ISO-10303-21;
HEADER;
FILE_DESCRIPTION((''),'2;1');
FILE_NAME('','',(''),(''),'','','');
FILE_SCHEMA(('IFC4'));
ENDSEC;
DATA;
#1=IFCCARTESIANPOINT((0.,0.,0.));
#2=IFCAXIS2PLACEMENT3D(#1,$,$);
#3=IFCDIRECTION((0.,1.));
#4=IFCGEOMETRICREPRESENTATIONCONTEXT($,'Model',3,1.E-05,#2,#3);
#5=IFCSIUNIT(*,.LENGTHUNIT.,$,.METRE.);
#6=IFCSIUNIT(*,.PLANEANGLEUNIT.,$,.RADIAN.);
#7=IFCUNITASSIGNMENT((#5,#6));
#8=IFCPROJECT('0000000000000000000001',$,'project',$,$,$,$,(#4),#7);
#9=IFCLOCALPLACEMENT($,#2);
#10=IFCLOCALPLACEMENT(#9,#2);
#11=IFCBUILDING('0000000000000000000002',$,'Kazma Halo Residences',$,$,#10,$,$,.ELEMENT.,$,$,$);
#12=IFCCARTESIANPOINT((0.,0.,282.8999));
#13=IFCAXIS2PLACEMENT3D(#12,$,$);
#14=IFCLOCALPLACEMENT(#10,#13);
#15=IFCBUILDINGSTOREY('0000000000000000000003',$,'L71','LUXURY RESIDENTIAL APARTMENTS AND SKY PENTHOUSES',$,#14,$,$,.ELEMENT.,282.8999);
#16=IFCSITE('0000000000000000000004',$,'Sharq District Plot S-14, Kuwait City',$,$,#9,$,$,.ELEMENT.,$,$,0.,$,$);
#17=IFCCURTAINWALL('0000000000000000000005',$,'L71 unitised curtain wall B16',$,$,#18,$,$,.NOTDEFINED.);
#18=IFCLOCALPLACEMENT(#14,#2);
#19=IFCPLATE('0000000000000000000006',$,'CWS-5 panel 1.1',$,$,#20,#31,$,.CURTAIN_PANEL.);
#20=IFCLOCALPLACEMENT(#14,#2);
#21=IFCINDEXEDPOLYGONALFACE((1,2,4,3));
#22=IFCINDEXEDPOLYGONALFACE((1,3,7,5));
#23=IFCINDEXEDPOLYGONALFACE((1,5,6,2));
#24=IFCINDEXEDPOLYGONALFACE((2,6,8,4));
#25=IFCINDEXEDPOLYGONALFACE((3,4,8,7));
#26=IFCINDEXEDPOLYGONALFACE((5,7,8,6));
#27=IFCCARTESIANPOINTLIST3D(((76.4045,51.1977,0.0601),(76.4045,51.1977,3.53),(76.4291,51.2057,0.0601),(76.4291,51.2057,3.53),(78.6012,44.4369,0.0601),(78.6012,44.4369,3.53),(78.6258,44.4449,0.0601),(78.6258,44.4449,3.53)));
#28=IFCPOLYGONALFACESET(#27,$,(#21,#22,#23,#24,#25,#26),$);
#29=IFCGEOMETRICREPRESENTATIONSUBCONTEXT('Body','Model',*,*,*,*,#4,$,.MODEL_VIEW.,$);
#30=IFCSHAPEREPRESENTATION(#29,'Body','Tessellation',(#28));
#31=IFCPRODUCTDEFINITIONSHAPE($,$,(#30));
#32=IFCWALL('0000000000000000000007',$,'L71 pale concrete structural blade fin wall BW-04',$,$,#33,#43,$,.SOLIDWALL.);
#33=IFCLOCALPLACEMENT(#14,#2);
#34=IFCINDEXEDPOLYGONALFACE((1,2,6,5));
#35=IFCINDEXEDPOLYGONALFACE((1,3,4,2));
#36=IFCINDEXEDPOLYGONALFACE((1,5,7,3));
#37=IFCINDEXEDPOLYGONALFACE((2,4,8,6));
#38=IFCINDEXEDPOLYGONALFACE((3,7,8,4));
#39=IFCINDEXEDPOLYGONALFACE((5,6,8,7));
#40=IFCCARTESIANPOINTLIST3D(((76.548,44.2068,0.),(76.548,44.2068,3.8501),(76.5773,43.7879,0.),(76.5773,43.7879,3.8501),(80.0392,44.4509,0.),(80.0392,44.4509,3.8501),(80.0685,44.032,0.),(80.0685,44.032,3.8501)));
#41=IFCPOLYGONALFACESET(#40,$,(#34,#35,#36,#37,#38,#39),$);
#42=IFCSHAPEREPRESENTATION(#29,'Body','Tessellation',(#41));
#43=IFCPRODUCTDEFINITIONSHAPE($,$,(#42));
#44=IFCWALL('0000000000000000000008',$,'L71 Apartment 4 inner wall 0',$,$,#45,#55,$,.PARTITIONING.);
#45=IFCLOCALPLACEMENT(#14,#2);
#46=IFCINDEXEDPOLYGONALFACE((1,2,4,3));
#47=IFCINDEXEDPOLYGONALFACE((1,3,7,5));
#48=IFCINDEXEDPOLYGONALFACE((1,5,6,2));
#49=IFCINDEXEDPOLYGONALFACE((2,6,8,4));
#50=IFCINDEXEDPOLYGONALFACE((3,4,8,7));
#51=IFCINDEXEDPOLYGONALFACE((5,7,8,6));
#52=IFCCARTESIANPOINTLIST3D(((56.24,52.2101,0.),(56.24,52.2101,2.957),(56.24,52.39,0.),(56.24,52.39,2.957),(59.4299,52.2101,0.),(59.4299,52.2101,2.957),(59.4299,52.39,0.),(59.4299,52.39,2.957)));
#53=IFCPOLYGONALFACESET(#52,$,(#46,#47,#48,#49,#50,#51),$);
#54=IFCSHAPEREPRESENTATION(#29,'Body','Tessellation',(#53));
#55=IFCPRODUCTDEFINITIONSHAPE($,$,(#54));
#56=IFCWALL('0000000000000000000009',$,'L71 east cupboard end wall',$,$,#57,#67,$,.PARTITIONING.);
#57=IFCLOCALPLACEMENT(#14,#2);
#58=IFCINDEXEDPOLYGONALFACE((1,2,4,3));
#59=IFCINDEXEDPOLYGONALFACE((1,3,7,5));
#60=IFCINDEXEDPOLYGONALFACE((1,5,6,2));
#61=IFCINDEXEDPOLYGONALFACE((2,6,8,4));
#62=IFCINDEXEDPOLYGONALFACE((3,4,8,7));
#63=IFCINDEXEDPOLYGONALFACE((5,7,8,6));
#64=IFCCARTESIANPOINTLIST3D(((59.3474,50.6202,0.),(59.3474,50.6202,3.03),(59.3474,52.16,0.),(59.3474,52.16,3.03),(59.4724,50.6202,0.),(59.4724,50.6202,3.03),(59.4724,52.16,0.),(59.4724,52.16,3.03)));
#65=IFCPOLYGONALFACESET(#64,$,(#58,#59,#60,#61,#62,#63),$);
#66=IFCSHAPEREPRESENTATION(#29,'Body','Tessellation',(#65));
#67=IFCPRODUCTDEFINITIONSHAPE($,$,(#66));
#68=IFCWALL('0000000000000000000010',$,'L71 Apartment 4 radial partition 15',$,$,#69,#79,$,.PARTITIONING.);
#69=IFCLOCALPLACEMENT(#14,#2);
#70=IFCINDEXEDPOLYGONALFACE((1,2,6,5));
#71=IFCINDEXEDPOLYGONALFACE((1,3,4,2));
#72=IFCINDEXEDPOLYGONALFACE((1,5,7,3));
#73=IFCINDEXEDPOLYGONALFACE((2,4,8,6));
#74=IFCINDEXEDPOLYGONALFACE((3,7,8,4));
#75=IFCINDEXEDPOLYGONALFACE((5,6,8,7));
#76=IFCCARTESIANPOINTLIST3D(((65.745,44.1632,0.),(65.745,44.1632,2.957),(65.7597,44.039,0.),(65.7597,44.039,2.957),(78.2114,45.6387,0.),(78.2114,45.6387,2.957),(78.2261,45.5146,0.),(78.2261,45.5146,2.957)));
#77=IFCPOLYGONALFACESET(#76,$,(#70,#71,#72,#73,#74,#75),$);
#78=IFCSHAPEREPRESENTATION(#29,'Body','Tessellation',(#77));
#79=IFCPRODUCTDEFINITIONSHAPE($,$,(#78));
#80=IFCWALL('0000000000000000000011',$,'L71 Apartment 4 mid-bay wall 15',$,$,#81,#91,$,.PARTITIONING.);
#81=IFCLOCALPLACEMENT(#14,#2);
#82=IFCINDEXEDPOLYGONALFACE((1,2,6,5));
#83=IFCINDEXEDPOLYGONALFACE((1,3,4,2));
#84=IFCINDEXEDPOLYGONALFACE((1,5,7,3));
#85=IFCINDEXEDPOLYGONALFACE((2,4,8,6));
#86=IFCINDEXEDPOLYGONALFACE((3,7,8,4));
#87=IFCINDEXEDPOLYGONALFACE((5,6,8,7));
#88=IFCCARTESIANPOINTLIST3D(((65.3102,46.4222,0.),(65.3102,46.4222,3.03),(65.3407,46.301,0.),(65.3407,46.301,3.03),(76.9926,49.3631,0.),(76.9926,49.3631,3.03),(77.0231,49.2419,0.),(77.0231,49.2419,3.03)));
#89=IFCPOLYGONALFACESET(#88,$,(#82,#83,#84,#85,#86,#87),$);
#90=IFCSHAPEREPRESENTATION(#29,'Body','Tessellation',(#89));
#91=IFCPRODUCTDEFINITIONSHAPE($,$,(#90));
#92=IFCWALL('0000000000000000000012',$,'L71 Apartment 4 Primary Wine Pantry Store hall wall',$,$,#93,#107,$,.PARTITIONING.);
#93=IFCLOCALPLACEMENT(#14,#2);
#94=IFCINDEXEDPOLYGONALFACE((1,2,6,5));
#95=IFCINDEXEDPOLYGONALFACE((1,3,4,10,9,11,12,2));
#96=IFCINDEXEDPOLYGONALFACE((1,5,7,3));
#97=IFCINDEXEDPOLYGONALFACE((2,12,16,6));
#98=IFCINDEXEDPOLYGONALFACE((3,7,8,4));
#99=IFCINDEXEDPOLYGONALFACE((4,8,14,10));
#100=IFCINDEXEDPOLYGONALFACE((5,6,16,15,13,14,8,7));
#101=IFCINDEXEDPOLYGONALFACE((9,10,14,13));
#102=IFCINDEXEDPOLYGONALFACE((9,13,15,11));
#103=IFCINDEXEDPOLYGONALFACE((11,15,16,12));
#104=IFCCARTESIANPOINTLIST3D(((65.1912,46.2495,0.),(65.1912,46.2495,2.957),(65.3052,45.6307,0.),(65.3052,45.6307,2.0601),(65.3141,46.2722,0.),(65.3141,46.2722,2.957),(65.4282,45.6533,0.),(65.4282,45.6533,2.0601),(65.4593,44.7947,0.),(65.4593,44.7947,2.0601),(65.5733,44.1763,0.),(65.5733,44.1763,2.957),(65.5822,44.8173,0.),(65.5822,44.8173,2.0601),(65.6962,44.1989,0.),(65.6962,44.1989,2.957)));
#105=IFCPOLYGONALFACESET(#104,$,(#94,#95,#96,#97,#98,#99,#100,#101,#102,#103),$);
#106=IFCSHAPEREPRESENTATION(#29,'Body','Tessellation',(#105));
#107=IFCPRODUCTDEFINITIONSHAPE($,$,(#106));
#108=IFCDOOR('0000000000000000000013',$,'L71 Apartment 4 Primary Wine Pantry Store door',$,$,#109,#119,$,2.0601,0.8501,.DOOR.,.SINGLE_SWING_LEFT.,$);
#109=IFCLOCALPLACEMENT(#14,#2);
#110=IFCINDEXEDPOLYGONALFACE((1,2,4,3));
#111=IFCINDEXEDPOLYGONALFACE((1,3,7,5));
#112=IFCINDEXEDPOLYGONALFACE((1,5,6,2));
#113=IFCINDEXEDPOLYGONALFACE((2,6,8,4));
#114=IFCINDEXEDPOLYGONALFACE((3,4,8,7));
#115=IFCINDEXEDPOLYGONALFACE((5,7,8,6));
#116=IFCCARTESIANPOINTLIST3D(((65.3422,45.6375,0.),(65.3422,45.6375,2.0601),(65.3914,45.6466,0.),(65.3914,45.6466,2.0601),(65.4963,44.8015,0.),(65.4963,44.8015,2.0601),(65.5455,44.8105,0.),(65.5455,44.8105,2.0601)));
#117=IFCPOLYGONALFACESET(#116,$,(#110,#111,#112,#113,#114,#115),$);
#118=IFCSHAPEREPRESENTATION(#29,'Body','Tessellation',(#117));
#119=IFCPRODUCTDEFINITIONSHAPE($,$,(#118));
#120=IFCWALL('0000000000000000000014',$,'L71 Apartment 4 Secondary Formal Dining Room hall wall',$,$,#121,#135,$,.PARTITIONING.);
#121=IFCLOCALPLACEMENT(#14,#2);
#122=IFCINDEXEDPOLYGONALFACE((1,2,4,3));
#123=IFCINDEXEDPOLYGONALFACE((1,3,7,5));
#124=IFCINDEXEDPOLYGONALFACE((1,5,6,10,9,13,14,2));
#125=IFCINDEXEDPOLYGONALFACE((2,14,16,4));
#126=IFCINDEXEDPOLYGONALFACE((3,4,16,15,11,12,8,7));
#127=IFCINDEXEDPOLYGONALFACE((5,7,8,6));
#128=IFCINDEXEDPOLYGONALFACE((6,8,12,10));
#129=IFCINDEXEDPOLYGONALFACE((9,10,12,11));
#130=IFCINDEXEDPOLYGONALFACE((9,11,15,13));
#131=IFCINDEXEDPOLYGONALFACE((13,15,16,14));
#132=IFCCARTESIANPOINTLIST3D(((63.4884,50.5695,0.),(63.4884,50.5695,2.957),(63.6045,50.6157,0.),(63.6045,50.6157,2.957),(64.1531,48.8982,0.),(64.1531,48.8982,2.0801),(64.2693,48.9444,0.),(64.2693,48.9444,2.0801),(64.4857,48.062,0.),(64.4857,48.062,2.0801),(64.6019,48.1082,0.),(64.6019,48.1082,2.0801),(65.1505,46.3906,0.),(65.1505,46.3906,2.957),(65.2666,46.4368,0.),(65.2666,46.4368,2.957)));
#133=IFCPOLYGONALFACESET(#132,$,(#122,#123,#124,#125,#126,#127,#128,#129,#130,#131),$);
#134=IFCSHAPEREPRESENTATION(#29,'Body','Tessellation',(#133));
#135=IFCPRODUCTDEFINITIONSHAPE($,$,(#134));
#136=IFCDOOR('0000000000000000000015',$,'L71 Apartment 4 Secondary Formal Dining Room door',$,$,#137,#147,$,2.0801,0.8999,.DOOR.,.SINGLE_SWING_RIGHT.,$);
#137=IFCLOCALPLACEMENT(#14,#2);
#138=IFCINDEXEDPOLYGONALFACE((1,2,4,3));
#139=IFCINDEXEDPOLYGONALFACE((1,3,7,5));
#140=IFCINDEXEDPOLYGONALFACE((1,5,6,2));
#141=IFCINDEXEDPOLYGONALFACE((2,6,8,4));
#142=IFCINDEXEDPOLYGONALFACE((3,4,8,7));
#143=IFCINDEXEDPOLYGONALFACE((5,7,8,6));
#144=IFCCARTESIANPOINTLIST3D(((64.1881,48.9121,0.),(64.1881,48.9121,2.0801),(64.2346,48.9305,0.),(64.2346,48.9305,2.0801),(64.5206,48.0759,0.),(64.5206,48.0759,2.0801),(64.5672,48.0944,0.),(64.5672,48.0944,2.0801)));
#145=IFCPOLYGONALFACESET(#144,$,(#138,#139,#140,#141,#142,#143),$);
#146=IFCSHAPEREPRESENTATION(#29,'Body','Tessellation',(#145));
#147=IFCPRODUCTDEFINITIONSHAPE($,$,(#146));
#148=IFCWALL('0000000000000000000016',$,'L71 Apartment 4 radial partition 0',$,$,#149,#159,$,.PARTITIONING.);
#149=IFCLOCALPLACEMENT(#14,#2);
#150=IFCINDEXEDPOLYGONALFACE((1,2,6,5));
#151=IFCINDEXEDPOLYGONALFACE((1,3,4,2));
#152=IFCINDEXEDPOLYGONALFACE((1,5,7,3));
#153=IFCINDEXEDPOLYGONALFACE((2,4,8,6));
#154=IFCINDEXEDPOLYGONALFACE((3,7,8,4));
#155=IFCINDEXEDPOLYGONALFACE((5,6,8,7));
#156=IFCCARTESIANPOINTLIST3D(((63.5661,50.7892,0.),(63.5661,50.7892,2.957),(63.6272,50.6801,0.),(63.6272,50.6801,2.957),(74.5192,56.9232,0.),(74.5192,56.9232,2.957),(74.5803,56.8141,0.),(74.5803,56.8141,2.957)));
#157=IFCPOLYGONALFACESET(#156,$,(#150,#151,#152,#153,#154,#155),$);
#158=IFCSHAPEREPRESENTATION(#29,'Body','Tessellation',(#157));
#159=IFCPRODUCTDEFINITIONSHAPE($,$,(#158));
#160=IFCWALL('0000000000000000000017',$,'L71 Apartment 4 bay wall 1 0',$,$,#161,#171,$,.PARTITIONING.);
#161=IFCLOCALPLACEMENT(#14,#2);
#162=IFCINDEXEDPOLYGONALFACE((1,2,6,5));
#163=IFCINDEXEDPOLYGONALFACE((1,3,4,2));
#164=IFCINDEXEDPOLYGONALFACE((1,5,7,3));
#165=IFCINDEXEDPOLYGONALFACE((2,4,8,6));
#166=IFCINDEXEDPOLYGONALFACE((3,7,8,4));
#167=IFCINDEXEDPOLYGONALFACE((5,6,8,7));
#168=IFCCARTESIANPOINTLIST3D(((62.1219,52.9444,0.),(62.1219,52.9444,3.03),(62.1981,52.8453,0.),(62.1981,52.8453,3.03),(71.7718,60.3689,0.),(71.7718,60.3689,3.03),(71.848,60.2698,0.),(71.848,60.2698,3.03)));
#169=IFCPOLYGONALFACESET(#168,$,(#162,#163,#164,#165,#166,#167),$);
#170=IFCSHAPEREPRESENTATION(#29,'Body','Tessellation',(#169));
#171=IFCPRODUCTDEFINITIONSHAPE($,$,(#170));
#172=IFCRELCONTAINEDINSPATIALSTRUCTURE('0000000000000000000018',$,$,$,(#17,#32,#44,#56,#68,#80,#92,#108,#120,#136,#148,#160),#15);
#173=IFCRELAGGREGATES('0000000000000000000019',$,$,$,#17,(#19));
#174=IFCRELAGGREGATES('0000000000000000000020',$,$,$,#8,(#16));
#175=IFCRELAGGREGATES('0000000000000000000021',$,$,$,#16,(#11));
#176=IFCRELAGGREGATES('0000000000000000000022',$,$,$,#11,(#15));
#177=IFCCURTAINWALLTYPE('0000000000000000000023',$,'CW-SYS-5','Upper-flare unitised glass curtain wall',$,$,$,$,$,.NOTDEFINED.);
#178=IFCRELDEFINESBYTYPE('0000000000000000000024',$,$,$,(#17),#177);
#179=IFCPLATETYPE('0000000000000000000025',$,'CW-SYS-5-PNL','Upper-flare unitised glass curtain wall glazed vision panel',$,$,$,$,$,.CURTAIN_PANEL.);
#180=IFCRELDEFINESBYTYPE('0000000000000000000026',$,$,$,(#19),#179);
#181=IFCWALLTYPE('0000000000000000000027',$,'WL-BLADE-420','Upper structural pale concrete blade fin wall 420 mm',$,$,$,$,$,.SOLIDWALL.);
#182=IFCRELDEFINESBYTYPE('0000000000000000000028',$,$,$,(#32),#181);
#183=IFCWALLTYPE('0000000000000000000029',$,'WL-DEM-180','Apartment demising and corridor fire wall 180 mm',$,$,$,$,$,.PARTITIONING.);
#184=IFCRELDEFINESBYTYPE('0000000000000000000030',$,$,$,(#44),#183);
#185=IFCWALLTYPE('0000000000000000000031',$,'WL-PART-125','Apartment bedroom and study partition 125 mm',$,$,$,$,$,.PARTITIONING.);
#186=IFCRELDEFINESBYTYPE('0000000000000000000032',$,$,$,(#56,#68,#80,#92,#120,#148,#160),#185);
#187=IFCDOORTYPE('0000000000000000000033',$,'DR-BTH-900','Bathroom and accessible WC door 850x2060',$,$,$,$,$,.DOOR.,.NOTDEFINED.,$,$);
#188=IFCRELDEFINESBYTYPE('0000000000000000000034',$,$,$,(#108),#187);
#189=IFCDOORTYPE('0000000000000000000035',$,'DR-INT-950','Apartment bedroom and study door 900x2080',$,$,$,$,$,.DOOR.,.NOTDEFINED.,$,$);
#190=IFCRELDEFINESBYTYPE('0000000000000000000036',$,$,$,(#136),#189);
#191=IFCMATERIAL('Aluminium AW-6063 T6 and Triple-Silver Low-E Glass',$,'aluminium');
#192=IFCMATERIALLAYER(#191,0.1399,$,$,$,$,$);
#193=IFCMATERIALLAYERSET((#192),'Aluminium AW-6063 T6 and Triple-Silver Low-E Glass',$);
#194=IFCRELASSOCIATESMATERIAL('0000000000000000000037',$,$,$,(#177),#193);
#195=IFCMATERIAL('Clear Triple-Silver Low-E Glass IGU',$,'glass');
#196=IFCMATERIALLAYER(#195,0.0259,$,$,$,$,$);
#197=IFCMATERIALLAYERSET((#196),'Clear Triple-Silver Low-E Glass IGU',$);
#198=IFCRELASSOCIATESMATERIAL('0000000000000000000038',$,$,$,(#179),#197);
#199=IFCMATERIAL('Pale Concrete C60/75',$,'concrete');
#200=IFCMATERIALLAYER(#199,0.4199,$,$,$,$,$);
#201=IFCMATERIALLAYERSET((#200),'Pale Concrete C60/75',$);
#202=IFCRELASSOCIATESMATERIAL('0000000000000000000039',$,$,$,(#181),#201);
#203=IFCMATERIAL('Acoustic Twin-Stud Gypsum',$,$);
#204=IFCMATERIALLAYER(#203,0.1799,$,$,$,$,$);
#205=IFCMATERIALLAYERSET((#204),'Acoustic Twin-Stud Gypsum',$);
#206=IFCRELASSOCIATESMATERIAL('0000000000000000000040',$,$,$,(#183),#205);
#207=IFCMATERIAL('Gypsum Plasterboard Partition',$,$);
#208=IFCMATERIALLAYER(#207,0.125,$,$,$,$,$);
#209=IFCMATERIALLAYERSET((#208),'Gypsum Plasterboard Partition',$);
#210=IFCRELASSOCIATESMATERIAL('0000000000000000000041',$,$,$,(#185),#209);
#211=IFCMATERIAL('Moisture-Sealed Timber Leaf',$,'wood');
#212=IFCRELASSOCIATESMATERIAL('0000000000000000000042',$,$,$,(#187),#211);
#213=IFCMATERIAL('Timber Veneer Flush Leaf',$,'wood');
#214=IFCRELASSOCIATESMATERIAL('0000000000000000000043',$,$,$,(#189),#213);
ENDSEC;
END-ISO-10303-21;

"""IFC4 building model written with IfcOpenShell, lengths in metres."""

from ifc_helpers import new_model, si_unit, direction, frame, frame_2d, origin, origin_2d, place, context, subcontext, project, spatial, rectangle, extrude, material, layer, layer_set, type_object, element, fill, aggregate, save


model = new_model("IFC4")

# Units and contexts
model_context = context("Model", 3, precision=1e-05, world=origin(), true_north=direction((0.0, 1.0)))
body_context = subcontext(model_context, "Body", "Model", "MODEL_VIEW")
ifc_project = project(units=[si_unit("LENGTHUNIT", "METRE"), si_unit("PLANEANGLEUNIT", "RADIAN")], contexts=[model_context])

# Site, building, storey
site_placement = place(None, origin())
site = spatial("IfcSite", under=ifc_project, at=site_placement, Name="Sharq District Plot S-14, Kuwait City", CompositionType="ELEMENT", RefElevation=0.0)
building_placement = place(site_placement, origin())
building = spatial("IfcBuilding", under=site, at=building_placement, Name="Kazma Halo Residences", CompositionType="ELEMENT")
storey_placement = place(building_placement, frame((0.0, 0.0, 282.8999)))
storey = spatial("IfcBuildingStorey", under=building, at=storey_placement, Name="L71", Description="LUXURY RESIDENTIAL APARTMENTS AND SKY PENTHOUSES", CompositionType="ELEMENT", Elevation=282.8999)

# Shared definitions
ifc_material_1 = material(Name="Aluminium AW-6063 T6 and Triple-Silver Low-E Glass", Category="aluminium")
ifc_layer_1 = layer(ifc_material_1, 0.1399)
ifc_layer_set_1 = layer_set([ifc_layer_1], Name="Aluminium AW-6063 T6 and Triple-Silver Low-E Glass")
curtain_wall_type = type_object("IfcCurtainWallType", Name="CW-SYS-5", Description="Upper-flare unitised glass curtain wall", PredefinedType="NOTDEFINED", material=ifc_layer_set_1)

# Curtain wall, plate
curtain_wall_1_placement = place(storey_placement, origin())
curtain_wall_1 = element("IfcCurtainWall", 1, at=curtain_wall_1_placement, inside=storey, type_object=curtain_wall_type, Name="L71 unitised curtain wall B16", PredefinedType="NOTDEFINED")
ifc_material_2 = material(Name="Clear Triple-Silver Low-E Glass IGU", Category="glass")
ifc_layer_2 = layer(ifc_material_2, 0.0259)
ifc_layer_set_2 = layer_set([ifc_layer_2], Name="Clear Triple-Silver Low-E Glass IGU")
plate_type = type_object("IfcPlateType", Name="CW-SYS-5-PNL", Description="Upper-flare unitised glass curtain wall glazed vision panel", PredefinedType="CURTAIN_PANEL", material=ifc_layer_set_2)
plate_placement = place(storey_placement, frame((77.5151, 47.8213, 0.0601), z_axis=(0.0, 0.0, 1.0), x_axis=(-0.309011, 0.951058, 0.0)))
plate = element("IfcPlate", 2, at=plate_placement, type_object=plate_type, Name="CWS-5 panel 1.1", PredefinedType="CURTAIN_PANEL", context=body_context, shape_type="SweptSolid", body=[
    extrude(rectangle(XDim=7.1086, YDim=0.0259, at=origin_2d()), origin(), (0.0, 0.0, 1.0), 3.47),
])
aggregate(curtain_wall_1, [plate])

# Walls
ifc_material_3 = material(Name="Pale Concrete C60/75", Category="concrete")
ifc_layer_3 = layer(ifc_material_3, 0.4199)
ifc_layer_set_3 = layer_set([ifc_layer_3], Name="Pale Concrete C60/75")
wall_type_1 = type_object("IfcWallType", Name="WL-BLADE-420", Description="Upper structural pale concrete blade fin wall 420 mm", PredefinedType="SOLIDWALL", material=ifc_layer_set_3)
wall_1_placement = place(storey_placement, frame((76.5625, 43.9973, 0.0), z_axis=(0.0, 0.0, 1.0), x_axis=(0.997564, 0.06976, 0.0)))
element("IfcWall", 3, at=wall_1_placement, inside=storey, type_object=wall_type_1, Name="L71 pale concrete structural blade fin wall BW-04", PredefinedType="SOLIDWALL", context=body_context, shape_type="SweptSolid", body=[
    extrude(rectangle(XDim=3.4998, YDim=0.4199, at=frame_2d((1.75, 0.0))), origin(), (0.0, 0.0, 1.0), 3.8501),
])
ifc_material_4 = material(Name="Acoustic Twin-Stud Gypsum")
ifc_layer_4 = layer(ifc_material_4, 0.1799)
ifc_layer_set_4 = layer_set([ifc_layer_4], Name="Acoustic Twin-Stud Gypsum")
wall_type_2 = type_object("IfcWallType", Name="WL-DEM-180", Description="Apartment demising and corridor fire wall 180 mm", PredefinedType="PARTITIONING", material=ifc_layer_set_4)
wall_2_placement = place(storey_placement, frame((59.4299, 52.3, 0.0), z_axis=(0.0, 0.0, 1.0), x_axis=(-1.0, 0.0, 0.0)))
element("IfcWall", 4, at=wall_2_placement, inside=storey, type_object=wall_type_2, Name="L71 Apartment 4 inner wall 0", PredefinedType="PARTITIONING", context=body_context, shape_type="SweptSolid", body=[
    extrude(rectangle(XDim=3.1899, YDim=0.1799, at=frame_2d((1.595, 0.0))), origin(), (0.0, 0.0, 1.0), 2.957),
])
ifc_material_5 = material(Name="Gypsum Plasterboard Partition")
ifc_layer_5 = layer(ifc_material_5, 0.125)
ifc_layer_set_5 = layer_set([ifc_layer_5], Name="Gypsum Plasterboard Partition")
wall_type_3 = type_object("IfcWallType", Name="WL-PART-125", Description="Apartment bedroom and study partition 125 mm", PredefinedType="PARTITIONING", material=ifc_layer_set_5)
wall_3_placement = place(storey_placement, frame((59.4099, 50.6201, 0.0), z_axis=(0.0, 0.0, 1.0), x_axis=(0.0, 1.0, 0.0)))
element("IfcWall", 5, at=wall_3_placement, inside=storey, type_object=wall_type_3, Name="L71 east cupboard end wall", PredefinedType="PARTITIONING", context=body_context, shape_type="SweptSolid", body=[
    extrude(rectangle(XDim=1.5398, YDim=0.125, at=frame_2d((0.77, 0.0))), origin(), (0.0, 0.0, 1.0), 3.03),
])
wall_4_placement = place(storey_placement, frame((65.7522, 44.1011, 0.0), z_axis=(0.0, 0.0, 1.0), x_axis=(0.993068, 0.117543, 0.0)))
element("IfcWall", 6, at=wall_4_placement, inside=storey, type_object=wall_type_3, Name="L71 Apartment 4 radial partition 15", PredefinedType="PARTITIONING", context=body_context, shape_type="SweptSolid", body=[
    extrude(rectangle(XDim=12.5535, YDim=0.125, at=frame_2d((6.2769, 0.0))), origin(), (0.0, 0.0, 1.0), 2.957),
])
wall_5_placement = place(storey_placement, frame((65.3254, 46.3616, 0.0), z_axis=(0.0, 0.0, 1.0), x_axis=(0.969744, 0.244123, 0.0)))
element("IfcWall", 7, at=wall_5_placement, inside=storey, type_object=wall_type_3, Name="L71 Apartment 4 mid-bay wall 15", PredefinedType="PARTITIONING", context=body_context, shape_type="SweptSolid", body=[
    extrude(rectangle(XDim=12.0469, YDim=0.125, at=frame_2d((6.0234, 0.0))), origin(), (0.0, 0.0, 1.0), 3.03),
])

# Walls, openings, doors
wall_6_placement = place(storey_placement, frame((65.6348, 44.1875, 0.0), z_axis=(0.0, 0.0, 1.0), x_axis=(-0.181239, 0.983439, 0.0)))
wall_6 = element("IfcWall", 8, at=wall_6_placement, inside=storey, type_object=wall_type_3, Name="L71 Apartment 4 Primary Wine Pantry Store hall wall", PredefinedType="PARTITIONING", context=body_context, shape_type="SweptSolid", body=[
    extrude(rectangle(XDim=2.1082, YDim=0.125, at=frame_2d((1.0542, 0.0))), origin(), (0.0, 0.0, 1.0), 2.957),
])
opening_1_placement = place(wall_6_placement, frame((0.6289, 0.0, 0.0)))
opening_1 = element("IfcOpeningElement", 9, at=opening_1_placement, cuts=wall_6, PredefinedType="OPENING", context=body_context, shape_type="SweptSolid", body=[
    extrude(rectangle(XDim=0.8501, YDim=2.0601, at=frame_2d((0.425, 1.03))), frame((0.0, 0.0725, 0.0), z_axis=(0.0, -1.0, 0.0), x_axis=(1.0, 0.0, 0.0)), (0.0, 0.0, 1.0), 0.145),
])
ifc_material_6 = material(Name="Moisture-Sealed Timber Leaf", Category="wood")
door_type_1 = type_object("IfcDoorType", Name="DR-BTH-900", Description="Bathroom and accessible WC door 850x2060", OperationType="NOTDEFINED", PredefinedType="DOOR", material=ifc_material_6)
door_1_placement = place(opening_1_placement, origin())
door_1 = element("IfcDoor", 10, at=door_1_placement, inside=storey, type_object=door_type_1, Name="L71 Apartment 4 Primary Wine Pantry Store door", OperationType="SINGLE_SWING_LEFT", OverallHeight=2.0601, OverallWidth=0.8501, PredefinedType="DOOR", context=body_context, shape_type="SweptSolid", body=[
    extrude(rectangle(XDim=0.8501, YDim=2.0601, at=frame_2d((0.425, 1.03))), frame((0.0, 0.0249, 0.0), z_axis=(0.0, -1.0, 0.0), x_axis=(1.0, 0.0, 0.0)), (0.0, 0.0, 1.0), 0.05),
])
fill(opening_1, door_1)
wall_7_placement = place(storey_placement, frame((65.2085, 46.4138, 0.0), z_axis=(0.0, 0.0, 1.0), x_axis=(-0.369574, 0.929201, 0.0)))
wall_7 = element("IfcWall", 11, at=wall_7_placement, inside=storey, type_object=wall_type_3, Name="L71 Apartment 4 Secondary Formal Dining Room hall wall", PredefinedType="PARTITIONING", context=body_context, shape_type="SweptSolid", body=[
    extrude(rectangle(XDim=4.4973, YDim=0.125, at=frame_2d((2.2485, 0.0))), origin(), (0.0, 0.0, 1.0), 2.957),
])
opening_2_placement = place(wall_7_placement, frame((1.7986, 0.0, 0.0)))
opening_2 = element("IfcOpeningElement", 12, at=opening_2_placement, cuts=wall_7, PredefinedType="OPENING", context=body_context, shape_type="SweptSolid", body=[
    extrude(rectangle(XDim=0.8999, YDim=2.0801, at=frame_2d((0.45, 1.04))), frame((0.0, 0.0725, 0.0), z_axis=(0.0, -1.0, 0.0), x_axis=(1.0, 0.0, 0.0)), (0.0, 0.0, 1.0), 0.145),
])
ifc_material_7 = material(Name="Timber Veneer Flush Leaf", Category="wood")
door_type_2 = type_object("IfcDoorType", Name="DR-INT-950", Description="Apartment bedroom and study door 900x2080", OperationType="NOTDEFINED", PredefinedType="DOOR", material=ifc_material_7)
door_2_placement = place(opening_2_placement, origin())
door_2 = element("IfcDoor", 13, at=door_2_placement, inside=storey, type_object=door_type_2, Name="L71 Apartment 4 Secondary Formal Dining Room door", OperationType="SINGLE_SWING_RIGHT", OverallHeight=2.0801, OverallWidth=0.8999, PredefinedType="DOOR", context=body_context, shape_type="SweptSolid", body=[
    extrude(rectangle(XDim=0.8999, YDim=2.0801, at=frame_2d((0.45, 1.04))), frame((0.0, 0.0249, 0.0), z_axis=(0.0, -1.0, 0.0), x_axis=(1.0, 0.0, 0.0)), (0.0, 0.0, 1.0), 0.05),
])
fill(opening_2, door_2)

# Walls
wall_8_placement = place(storey_placement, frame((63.5967, 50.7346, 0.0), z_axis=(0.0, 0.0, 1.0), x_axis=(0.872496, 0.488621, 0.0)))
element("IfcWall", 14, at=wall_8_placement, inside=storey, type_object=wall_type_3, Name="L71 Apartment 4 radial partition 0", PredefinedType="PARTITIONING", context=body_context, shape_type="SweptSolid", body=[
    extrude(rectangle(XDim=12.5537, YDim=0.125, at=frame_2d((6.2769, 0.0))), origin(), (0.0, 0.0, 1.0), 2.957),
])
wall_9_placement = place(storey_placement, frame((62.1599, 52.8948, 0.0), z_axis=(0.0, 0.0, 1.0), x_axis=(0.792562, 0.609791, 0.0)))
element("IfcWall", 15, at=wall_9_placement, inside=storey, type_object=wall_type_3, Name="L71 Apartment 4 bay wall 1 0", PredefinedType="PARTITIONING", context=body_context, shape_type="SweptSolid", body=[
    extrude(rectangle(XDim=12.1755, YDim=0.125, at=frame_2d((6.0879, 0.0))), origin(), (0.0, 0.0, 1.0), 3.03),
])

save(model, "model.ifc")
